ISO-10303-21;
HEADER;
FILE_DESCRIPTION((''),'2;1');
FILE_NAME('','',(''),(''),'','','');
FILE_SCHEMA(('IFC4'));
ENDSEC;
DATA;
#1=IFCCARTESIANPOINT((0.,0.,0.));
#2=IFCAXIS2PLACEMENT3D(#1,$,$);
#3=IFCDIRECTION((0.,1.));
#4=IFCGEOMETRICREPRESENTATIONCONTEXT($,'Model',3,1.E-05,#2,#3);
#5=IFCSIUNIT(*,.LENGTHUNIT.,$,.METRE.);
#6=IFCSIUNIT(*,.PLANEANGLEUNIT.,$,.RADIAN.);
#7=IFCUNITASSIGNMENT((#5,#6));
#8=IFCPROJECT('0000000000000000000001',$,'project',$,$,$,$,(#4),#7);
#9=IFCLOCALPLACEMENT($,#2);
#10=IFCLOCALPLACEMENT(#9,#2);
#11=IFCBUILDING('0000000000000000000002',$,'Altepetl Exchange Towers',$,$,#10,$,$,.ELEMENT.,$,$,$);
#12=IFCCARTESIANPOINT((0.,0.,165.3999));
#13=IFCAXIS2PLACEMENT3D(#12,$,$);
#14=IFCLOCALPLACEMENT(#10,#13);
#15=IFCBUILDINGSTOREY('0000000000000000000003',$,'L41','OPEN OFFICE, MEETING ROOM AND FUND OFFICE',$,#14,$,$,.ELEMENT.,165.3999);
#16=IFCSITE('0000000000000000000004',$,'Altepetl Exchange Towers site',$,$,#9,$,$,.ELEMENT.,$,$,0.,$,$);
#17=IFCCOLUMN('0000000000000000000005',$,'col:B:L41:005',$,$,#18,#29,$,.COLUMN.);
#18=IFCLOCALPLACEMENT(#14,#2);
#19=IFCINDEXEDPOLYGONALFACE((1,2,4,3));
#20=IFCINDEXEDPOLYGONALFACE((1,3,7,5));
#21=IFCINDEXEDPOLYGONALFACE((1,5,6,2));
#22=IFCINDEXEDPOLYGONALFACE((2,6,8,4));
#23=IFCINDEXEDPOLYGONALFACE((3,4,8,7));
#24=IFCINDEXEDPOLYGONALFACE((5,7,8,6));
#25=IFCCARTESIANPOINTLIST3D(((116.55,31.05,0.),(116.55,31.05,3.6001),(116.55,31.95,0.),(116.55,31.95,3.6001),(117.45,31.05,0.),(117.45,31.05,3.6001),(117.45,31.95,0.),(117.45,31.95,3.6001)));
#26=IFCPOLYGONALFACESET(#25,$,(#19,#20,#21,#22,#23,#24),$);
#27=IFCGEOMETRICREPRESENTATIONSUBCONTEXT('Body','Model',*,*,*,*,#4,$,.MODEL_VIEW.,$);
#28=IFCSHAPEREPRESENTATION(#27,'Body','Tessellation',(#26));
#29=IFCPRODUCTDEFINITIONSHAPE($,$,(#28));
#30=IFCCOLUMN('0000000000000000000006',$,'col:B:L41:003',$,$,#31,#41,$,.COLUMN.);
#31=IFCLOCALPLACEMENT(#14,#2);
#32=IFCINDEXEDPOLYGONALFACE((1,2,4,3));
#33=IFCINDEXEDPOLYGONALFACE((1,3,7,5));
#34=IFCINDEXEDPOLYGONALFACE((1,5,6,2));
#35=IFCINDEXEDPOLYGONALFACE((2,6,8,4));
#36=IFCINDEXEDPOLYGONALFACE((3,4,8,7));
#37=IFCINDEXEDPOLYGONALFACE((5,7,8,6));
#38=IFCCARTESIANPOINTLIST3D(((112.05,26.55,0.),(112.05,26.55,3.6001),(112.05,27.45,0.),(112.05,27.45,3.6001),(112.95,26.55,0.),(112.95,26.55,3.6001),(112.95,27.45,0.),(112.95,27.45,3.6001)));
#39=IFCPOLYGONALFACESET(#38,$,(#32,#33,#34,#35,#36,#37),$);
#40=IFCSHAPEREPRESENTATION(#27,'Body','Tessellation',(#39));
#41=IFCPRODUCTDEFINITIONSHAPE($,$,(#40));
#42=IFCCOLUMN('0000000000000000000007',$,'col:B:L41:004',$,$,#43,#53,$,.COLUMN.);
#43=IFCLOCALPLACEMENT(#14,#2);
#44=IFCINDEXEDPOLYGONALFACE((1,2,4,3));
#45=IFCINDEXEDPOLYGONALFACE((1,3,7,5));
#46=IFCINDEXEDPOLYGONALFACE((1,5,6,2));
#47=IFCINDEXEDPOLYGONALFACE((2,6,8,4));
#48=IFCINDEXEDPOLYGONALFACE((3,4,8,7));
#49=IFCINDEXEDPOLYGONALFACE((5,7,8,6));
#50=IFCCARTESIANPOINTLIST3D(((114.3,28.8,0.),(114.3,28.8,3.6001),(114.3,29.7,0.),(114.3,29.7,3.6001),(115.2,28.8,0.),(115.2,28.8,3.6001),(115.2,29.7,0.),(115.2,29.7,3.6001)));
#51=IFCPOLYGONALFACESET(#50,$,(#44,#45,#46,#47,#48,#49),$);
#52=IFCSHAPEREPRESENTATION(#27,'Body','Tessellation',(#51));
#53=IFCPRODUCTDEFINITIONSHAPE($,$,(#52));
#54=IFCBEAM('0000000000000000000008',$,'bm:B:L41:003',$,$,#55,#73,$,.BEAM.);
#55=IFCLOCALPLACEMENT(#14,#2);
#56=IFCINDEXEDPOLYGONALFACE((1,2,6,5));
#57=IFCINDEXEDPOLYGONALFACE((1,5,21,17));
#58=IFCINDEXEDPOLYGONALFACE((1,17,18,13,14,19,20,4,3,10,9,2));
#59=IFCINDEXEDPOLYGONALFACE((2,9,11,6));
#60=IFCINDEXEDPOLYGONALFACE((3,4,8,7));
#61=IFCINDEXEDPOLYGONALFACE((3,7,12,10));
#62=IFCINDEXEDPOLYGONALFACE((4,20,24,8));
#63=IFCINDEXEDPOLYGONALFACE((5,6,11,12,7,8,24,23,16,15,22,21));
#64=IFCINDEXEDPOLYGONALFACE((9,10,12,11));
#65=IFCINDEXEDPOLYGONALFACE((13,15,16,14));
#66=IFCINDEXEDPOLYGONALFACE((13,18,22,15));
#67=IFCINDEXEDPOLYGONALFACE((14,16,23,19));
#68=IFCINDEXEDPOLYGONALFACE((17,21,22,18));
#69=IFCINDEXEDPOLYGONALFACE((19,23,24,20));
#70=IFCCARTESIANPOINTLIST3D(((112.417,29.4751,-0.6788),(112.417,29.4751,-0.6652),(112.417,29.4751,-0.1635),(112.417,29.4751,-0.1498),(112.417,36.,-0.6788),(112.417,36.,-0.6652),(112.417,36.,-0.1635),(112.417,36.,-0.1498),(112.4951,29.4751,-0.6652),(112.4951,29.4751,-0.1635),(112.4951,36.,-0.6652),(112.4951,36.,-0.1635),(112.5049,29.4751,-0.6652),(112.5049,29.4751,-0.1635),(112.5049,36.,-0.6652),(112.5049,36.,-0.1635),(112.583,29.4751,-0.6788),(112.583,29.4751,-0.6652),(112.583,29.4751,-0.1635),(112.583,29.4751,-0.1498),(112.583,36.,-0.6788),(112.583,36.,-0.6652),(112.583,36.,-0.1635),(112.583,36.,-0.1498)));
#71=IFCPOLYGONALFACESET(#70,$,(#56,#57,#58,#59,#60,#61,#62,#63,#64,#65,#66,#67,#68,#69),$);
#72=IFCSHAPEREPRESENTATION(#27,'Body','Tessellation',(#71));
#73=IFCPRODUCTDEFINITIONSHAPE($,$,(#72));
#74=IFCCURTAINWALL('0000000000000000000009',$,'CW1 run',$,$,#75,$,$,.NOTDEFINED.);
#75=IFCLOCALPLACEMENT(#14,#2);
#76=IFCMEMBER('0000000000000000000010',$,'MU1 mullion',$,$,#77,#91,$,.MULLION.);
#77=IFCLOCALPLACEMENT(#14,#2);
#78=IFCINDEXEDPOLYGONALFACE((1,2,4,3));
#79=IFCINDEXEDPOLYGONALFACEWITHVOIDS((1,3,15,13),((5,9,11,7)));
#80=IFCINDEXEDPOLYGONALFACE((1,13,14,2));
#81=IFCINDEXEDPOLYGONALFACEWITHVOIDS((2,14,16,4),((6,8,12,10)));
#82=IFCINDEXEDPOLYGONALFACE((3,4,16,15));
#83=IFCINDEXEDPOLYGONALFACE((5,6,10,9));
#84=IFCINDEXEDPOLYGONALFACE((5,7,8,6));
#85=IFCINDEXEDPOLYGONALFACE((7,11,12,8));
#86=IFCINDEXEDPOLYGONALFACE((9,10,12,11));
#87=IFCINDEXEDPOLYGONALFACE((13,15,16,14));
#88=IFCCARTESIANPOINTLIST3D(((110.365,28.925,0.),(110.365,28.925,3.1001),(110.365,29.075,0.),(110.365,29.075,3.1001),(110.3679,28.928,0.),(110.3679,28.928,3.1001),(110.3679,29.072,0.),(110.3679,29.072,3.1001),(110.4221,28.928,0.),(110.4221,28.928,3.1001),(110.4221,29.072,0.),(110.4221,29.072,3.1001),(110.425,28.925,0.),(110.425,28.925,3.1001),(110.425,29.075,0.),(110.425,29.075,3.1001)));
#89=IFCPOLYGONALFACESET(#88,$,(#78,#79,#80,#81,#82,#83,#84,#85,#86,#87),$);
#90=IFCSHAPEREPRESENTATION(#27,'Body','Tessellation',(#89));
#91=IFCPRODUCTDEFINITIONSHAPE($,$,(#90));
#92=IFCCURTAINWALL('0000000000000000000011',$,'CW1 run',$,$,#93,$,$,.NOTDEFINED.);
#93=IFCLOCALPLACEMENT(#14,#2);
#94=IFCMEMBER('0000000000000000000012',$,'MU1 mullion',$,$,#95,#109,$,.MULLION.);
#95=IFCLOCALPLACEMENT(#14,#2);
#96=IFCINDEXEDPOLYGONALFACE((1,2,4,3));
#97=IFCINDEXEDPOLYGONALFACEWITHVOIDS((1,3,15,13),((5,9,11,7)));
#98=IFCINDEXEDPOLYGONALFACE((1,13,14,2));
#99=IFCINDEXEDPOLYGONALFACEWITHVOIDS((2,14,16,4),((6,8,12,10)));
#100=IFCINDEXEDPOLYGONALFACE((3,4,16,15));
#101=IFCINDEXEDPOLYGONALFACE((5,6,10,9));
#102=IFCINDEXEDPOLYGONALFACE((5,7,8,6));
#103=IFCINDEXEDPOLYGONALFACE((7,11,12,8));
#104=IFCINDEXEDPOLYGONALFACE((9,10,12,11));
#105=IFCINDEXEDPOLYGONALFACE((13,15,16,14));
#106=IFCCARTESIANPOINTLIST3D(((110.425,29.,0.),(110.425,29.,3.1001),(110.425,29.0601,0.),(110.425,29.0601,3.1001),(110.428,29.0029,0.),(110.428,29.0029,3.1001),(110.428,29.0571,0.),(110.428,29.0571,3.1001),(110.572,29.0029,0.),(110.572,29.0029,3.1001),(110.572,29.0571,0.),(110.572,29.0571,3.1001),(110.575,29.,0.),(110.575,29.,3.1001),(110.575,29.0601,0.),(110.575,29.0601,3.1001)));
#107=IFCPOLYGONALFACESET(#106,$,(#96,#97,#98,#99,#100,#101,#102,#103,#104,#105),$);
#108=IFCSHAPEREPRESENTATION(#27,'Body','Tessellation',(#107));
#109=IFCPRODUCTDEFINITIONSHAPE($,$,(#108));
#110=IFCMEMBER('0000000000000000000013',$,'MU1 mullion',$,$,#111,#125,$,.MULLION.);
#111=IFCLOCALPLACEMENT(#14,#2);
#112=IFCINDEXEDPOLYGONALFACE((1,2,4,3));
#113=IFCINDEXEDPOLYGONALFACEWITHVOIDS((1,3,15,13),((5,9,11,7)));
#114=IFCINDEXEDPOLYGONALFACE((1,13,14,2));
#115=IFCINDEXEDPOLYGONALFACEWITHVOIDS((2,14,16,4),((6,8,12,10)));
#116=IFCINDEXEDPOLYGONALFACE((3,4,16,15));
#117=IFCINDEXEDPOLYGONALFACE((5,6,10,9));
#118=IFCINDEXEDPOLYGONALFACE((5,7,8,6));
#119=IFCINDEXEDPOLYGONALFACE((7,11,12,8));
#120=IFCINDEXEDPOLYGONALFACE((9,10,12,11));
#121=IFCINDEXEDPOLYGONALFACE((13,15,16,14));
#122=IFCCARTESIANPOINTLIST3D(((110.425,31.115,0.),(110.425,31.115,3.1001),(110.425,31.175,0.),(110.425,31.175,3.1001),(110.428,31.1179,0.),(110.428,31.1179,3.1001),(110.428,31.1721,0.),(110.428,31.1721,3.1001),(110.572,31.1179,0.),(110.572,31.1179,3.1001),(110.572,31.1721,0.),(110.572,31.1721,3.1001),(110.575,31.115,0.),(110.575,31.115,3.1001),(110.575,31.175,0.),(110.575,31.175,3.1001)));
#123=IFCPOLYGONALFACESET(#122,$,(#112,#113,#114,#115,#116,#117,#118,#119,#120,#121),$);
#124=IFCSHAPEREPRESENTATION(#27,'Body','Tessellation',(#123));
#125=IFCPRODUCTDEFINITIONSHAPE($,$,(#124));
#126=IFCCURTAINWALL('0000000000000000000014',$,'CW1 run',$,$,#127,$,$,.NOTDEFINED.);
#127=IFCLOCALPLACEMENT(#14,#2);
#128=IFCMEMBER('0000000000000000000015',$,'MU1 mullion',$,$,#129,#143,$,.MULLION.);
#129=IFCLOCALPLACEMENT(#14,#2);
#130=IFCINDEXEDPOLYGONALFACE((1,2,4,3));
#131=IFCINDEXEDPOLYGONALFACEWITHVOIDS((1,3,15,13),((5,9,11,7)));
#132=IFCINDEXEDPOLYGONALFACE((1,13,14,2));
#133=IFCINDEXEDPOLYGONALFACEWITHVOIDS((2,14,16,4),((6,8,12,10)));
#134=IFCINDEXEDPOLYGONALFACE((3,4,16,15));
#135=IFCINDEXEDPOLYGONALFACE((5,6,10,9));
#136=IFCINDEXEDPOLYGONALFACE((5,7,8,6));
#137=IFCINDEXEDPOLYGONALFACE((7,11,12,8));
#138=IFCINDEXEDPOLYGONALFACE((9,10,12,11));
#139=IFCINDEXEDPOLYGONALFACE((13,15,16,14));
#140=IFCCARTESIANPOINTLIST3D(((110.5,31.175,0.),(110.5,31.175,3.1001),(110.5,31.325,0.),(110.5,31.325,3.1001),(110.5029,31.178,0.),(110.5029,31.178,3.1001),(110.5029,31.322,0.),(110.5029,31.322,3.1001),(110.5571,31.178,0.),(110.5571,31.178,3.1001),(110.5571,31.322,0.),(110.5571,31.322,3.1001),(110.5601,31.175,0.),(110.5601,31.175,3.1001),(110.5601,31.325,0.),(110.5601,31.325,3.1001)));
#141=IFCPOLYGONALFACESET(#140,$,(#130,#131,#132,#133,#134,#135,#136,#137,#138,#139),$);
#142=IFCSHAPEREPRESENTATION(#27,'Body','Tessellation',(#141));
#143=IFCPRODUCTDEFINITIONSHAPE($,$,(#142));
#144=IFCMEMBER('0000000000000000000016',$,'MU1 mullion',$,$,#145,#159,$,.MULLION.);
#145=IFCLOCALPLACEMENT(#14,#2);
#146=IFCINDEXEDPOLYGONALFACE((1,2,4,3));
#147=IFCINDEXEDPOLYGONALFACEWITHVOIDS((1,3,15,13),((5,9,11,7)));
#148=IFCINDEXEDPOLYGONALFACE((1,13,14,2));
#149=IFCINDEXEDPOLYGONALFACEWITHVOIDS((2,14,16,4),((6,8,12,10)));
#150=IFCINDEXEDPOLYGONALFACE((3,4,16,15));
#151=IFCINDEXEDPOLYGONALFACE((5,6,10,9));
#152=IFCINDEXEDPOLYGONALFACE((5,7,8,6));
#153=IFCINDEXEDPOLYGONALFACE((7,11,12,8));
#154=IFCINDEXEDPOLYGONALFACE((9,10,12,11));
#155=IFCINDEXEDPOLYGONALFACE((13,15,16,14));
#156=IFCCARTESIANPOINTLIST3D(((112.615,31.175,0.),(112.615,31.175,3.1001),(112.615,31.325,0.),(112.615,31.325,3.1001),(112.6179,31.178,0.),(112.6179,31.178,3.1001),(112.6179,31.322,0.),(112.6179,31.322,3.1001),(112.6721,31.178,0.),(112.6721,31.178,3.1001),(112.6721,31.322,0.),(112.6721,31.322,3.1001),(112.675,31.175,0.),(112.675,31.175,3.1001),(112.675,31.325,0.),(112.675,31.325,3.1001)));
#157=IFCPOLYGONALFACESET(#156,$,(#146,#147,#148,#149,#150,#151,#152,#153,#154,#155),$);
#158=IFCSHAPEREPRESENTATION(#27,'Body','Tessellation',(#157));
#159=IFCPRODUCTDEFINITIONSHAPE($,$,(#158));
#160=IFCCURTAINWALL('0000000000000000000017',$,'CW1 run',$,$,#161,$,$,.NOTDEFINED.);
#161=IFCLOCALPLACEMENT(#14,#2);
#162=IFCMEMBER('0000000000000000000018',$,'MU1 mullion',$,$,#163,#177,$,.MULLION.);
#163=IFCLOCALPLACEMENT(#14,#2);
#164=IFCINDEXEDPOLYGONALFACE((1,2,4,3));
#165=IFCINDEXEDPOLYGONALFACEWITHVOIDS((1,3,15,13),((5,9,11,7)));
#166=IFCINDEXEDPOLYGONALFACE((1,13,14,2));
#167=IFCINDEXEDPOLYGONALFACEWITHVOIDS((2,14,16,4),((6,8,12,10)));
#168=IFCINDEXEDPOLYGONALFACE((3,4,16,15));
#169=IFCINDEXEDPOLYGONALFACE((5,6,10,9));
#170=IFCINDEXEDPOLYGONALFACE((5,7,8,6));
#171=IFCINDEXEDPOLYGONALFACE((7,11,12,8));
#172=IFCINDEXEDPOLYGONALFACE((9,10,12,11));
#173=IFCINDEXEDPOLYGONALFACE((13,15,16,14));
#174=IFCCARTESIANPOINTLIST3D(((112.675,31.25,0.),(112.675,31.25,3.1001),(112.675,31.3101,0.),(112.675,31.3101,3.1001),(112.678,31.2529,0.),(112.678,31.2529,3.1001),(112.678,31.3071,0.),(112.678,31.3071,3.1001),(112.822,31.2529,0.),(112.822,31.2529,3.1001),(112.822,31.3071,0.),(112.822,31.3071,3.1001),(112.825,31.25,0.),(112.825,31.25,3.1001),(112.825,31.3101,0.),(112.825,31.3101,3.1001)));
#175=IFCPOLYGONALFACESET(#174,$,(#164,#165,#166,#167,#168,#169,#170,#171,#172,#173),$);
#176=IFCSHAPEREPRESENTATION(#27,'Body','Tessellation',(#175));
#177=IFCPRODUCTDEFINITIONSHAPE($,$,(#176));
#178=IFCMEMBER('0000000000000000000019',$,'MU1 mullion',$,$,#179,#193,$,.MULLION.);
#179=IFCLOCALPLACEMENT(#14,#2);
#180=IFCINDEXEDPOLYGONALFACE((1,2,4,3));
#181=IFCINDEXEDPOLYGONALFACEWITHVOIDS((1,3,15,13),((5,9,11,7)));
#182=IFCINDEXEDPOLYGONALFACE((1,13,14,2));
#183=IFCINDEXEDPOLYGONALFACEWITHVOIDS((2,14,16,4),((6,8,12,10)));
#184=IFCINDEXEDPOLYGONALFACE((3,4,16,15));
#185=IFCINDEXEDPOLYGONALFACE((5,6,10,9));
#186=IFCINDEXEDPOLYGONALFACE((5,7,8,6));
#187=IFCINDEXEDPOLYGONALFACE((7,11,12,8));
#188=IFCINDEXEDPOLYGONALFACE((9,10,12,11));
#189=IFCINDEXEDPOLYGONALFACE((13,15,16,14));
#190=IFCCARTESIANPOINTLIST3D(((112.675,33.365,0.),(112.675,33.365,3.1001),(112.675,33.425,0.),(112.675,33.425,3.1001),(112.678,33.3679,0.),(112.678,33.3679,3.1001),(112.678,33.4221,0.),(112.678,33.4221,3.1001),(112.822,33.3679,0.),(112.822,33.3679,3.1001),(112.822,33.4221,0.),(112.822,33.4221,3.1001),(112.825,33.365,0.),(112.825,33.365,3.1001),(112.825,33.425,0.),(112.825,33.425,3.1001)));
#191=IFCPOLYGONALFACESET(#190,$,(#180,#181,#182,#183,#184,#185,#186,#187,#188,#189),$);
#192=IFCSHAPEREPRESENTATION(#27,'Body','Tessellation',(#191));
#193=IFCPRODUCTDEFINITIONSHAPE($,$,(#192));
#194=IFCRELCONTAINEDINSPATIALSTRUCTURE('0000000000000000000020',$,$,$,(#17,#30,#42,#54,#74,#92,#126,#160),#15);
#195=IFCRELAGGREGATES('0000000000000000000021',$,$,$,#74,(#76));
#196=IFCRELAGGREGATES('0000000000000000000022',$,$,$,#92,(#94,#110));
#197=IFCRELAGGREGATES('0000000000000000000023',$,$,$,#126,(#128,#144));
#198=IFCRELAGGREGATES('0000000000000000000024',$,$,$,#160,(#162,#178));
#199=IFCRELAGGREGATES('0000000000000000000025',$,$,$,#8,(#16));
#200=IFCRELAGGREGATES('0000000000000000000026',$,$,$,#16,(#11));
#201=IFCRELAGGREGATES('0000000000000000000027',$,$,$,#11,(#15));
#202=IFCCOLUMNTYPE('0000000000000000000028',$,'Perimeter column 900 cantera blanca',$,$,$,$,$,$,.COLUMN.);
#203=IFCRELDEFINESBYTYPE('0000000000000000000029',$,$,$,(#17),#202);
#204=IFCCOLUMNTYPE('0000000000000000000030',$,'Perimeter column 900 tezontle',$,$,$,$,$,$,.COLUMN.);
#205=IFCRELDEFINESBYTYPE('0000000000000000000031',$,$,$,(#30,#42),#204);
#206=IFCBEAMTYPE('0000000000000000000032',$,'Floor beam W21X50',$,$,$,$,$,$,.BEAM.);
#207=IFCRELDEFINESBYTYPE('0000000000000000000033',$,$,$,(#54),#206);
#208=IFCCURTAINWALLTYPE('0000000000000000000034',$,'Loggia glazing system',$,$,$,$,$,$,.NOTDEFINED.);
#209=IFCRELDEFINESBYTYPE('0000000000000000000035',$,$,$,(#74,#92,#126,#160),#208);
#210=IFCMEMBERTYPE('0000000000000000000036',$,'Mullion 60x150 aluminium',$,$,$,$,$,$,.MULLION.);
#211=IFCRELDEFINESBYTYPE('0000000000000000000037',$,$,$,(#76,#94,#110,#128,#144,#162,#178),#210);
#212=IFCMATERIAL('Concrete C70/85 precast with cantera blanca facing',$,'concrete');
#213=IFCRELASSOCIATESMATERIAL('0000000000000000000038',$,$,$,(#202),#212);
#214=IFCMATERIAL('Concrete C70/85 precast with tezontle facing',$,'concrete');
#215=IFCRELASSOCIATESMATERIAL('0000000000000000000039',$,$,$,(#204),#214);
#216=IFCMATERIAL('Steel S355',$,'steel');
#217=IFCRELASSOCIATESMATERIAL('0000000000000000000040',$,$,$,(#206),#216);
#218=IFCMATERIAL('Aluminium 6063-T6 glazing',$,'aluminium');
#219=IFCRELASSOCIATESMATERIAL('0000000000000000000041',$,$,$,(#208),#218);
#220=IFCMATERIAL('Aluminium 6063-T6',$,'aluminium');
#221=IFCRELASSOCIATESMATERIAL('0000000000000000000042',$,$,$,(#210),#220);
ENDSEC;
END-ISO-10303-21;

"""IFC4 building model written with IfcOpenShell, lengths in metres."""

from ifc_helpers import new_model, si_unit, direction, frame, origin, origin_2d, place, context, subcontext, project, spatial, rectangle, hollow_rectangle, i_section, extrude, material, material_profile, profile_set, type_object, element, aggregate, save


model = new_model("IFC4")

# Units and contexts
model_context = context("Model", 3, precision=1e-05, world=origin(), true_north=direction((0.0, 1.0)))
body_context = subcontext(model_context, "Body", "Model", "MODEL_VIEW")
ifc_project = project(units=[si_unit("LENGTHUNIT", "METRE"), si_unit("PLANEANGLEUNIT", "RADIAN")], contexts=[model_context])

# Site, building, storey
site_placement = place(None, origin())
site = spatial("IfcSite", under=ifc_project, at=site_placement, Name="Altepetl Exchange Towers site", CompositionType="ELEMENT", RefElevation=0.0)
building_placement = place(site_placement, origin())
building = spatial("IfcBuilding", under=site, at=building_placement, Name="Altepetl Exchange Towers", CompositionType="ELEMENT")
storey_placement = place(building_placement, frame((0.0, 0.0, 165.3999)))
storey = spatial("IfcBuildingStorey", under=building, at=storey_placement, Name="L41", Description="OPEN OFFICE, MEETING ROOM AND FUND OFFICE", CompositionType="ELEMENT", Elevation=165.3999)

# Columns
ifc_material_1 = material(Name="Concrete C70/85 precast with cantera blanca facing", Category="concrete")
ifc_material_profile_1 = material_profile(ifc_material_1, rectangle(XDim=0.8999, YDim=0.8999, at=origin_2d()), Name="900 x 900")
ifc_profile_set_1 = profile_set([ifc_material_profile_1], Name="Concrete C70/85 precast with cantera blanca facing")
column_type_1 = type_object("IfcColumnType", Name="Perimeter column 900 cantera blanca", PredefinedType="COLUMN", material=ifc_profile_set_1)
column_placement = place(storey_placement, frame((117.0, 31.5, 0.0)))
element("IfcColumn", 1, at=column_placement, inside=storey, type_object=column_type_1, Name="col:B:L41:005", PredefinedType="COLUMN", context=body_context, shape_type="SweptSolid", body=[
    extrude(rectangle(XDim=0.8999, YDim=0.8999, at=origin_2d()), origin(), (0.0, 0.0, 1.0), 3.6001),
])
ifc_material_2 = material(Name="Concrete C70/85 precast with tezontle facing", Category="concrete")
ifc_material_profile_2 = material_profile(ifc_material_2, rectangle(XDim=0.8999, YDim=0.8999, at=origin_2d()), Name="900 x 900")
ifc_profile_set_2 = profile_set([ifc_material_profile_2], Name="Concrete C70/85 precast with tezontle facing")
column_type_2 = type_object("IfcColumnType", Name="Perimeter column 900 tezontle", PredefinedType="COLUMN", material=ifc_profile_set_2)
for number, where, name in (
    (2, (112.5, 27.0, 0.0), "col:B:L41:003"),
    (3, (114.75, 29.25, 0.0), "col:B:L41:004"),
):
    element("IfcColumn", number, at=place(storey_placement, frame(where)), inside=storey, type_object=column_type_2, Name=name, PredefinedType="COLUMN", context=body_context, shape_type="SweptSolid", body=[
        extrude(rectangle(XDim=0.8999, YDim=0.8999, at=origin_2d()), origin(), (0.0, 0.0, 1.0), 3.6001),
    ])

# Beam
ifc_material_3 = material(Name="Steel S355", Category="steel")
ifc_material_profile_3 = material_profile(ifc_material_3, i_section(OverallWidth=0.166, OverallDepth=0.5291, WebThickness=0.0098, FlangeThickness=0.0137, at=origin_2d()), Name="W21X50")
ifc_profile_set_3 = profile_set([ifc_material_profile_3], Name="Steel S355")
beam_type_1 = type_object("IfcBeamType", Name="Floor beam W21X50", PredefinedType="BEAM", material=ifc_profile_set_3)
beam_1_placement = place(storey_placement, frame((112.5, 29.4751, -0.4143), z_axis=(0.0, 1.0, 0.0), x_axis=(-1.0, 0.0, 0.0)))
element("IfcBeam", 4, at=beam_1_placement, inside=storey, type_object=beam_type_1, Name="bm:B:L41:003", PredefinedType="BEAM", context=body_context, shape_type="SweptSolid", body=[
    extrude(i_section(OverallWidth=0.166, OverallDepth=0.5291, WebThickness=0.0098, FlangeThickness=0.0137, at=origin_2d()), origin(), (0.0, 0.0, 1.0), 6.5249),
])

# Curtain wall, member
ifc_material_4 = material(Name="Aluminium 6063-T6 glazing", Category="aluminium")
curtain_wall_type = type_object("IfcCurtainWallType", Name="Loggia glazing system", PredefinedType="NOTDEFINED", material=ifc_material_4)
curtain_wall_1_placement = place(storey_placement, origin())
curtain_wall_1 = element("IfcCurtainWall", 5, at=curtain_wall_1_placement, inside=storey, type_object=curtain_wall_type, Name="CW1 run", PredefinedType="NOTDEFINED")
ifc_material_5 = material(Name="Aluminium 6063-T6", Category="aluminium")
ifc_material_profile_4 = material_profile(ifc_material_5, hollow_rectangle(XDim=0.0601, YDim=0.1499, WallThickness=0.0029, at=origin_2d()), Name="Mullion 60x150 aluminium")
ifc_profile_set_4 = profile_set([ifc_material_profile_4], Name="Aluminium 6063-T6")
member_type = type_object("IfcMemberType", Name="Mullion 60x150 aluminium", PredefinedType="MULLION", material=ifc_profile_set_4)
member_1_placement = place(storey_placement, frame((110.395, 29.0, 0.0)))
member_1 = element("IfcMember", 6, at=member_1_placement, type_object=member_type, Name="MU1 mullion", PredefinedType="MULLION", context=body_context, shape_type="SweptSolid", body=[
    extrude(hollow_rectangle(XDim=0.0601, YDim=0.1499, WallThickness=0.0029, at=origin_2d()), origin(), (0.0, 0.0, 1.0), 3.1001),
])
aggregate(curtain_wall_1, [member_1])

# Curtain walls, members
curtain_wall_2_placement = place(storey_placement, origin())
curtain_wall_2 = element("IfcCurtainWall", 7, at=curtain_wall_2_placement, inside=storey, type_object=curtain_wall_type, Name="CW1 run", PredefinedType="NOTDEFINED")
member_2_placement = place(storey_placement, frame((110.5, 29.03, 0.0), z_axis=(0.0, 0.0, 1.0), x_axis=(0.0, 1.0, 0.0)))
member_2 = element("IfcMember", 8, at=member_2_placement, type_object=member_type, Name="MU1 mullion", PredefinedType="MULLION", context=body_context, shape_type="SweptSolid", body=[
    extrude(hollow_rectangle(XDim=0.0601, YDim=0.1499, WallThickness=0.0029, at=origin_2d()), origin(), (0.0, 0.0, 1.0), 3.1001),
])
member_3_placement = place(storey_placement, frame((110.5, 31.145, 0.0), z_axis=(0.0, 0.0, 1.0), x_axis=(0.0, 1.0, 0.0)))
member_3 = element("IfcMember", 9, at=member_3_placement, type_object=member_type, Name="MU1 mullion", PredefinedType="MULLION", context=body_context, shape_type="SweptSolid", body=[
    extrude(hollow_rectangle(XDim=0.0601, YDim=0.1499, WallThickness=0.0029, at=origin_2d()), origin(), (0.0, 0.0, 1.0), 3.1001),
])
curtain_wall_3_placement = place(storey_placement, origin())
curtain_wall_3 = element("IfcCurtainWall", 10, at=curtain_wall_3_placement, inside=storey, type_object=curtain_wall_type, Name="CW1 run", PredefinedType="NOTDEFINED")
member_4_placement = place(storey_placement, frame((110.53, 31.25, 0.0)))
member_4 = element("IfcMember", 11, at=member_4_placement, type_object=member_type, Name="MU1 mullion", PredefinedType="MULLION", context=body_context, shape_type="SweptSolid", body=[
    extrude(hollow_rectangle(XDim=0.0601, YDim=0.1499, WallThickness=0.0029, at=origin_2d()), origin(), (0.0, 0.0, 1.0), 3.1001),
])
member_5_placement = place(storey_placement, frame((112.645, 31.25, 0.0)))
member_5 = element("IfcMember", 12, at=member_5_placement, type_object=member_type, Name="MU1 mullion", PredefinedType="MULLION", context=body_context, shape_type="SweptSolid", body=[
    extrude(hollow_rectangle(XDim=0.0601, YDim=0.1499, WallThickness=0.0029, at=origin_2d()), origin(), (0.0, 0.0, 1.0), 3.1001),
])
curtain_wall_4_placement = place(storey_placement, origin())
curtain_wall_4 = element("IfcCurtainWall", 13, at=curtain_wall_4_placement, inside=storey, type_object=curtain_wall_type, Name="CW1 run", PredefinedType="NOTDEFINED")
member_6_placement = place(storey_placement, frame((112.75, 31.28, 0.0), z_axis=(0.0, 0.0, 1.0), x_axis=(0.0, 1.0, 0.0)))
member_6 = element("IfcMember", 14, at=member_6_placement, type_object=member_type, Name="MU1 mullion", PredefinedType="MULLION", context=body_context, shape_type="SweptSolid", body=[
    extrude(hollow_rectangle(XDim=0.0601, YDim=0.1499, WallThickness=0.0029, at=origin_2d()), origin(), (0.0, 0.0, 1.0), 3.1001),
])
member_7_placement = place(storey_placement, frame((112.75, 33.395, 0.0), z_axis=(0.0, 0.0, 1.0), x_axis=(0.0, 1.0, 0.0)))
member_7 = element("IfcMember", 15, at=member_7_placement, type_object=member_type, Name="MU1 mullion", PredefinedType="MULLION", context=body_context, shape_type="SweptSolid", body=[
    extrude(hollow_rectangle(XDim=0.0601, YDim=0.1499, WallThickness=0.0029, at=origin_2d()), origin(), (0.0, 0.0, 1.0), 3.1001),
])

aggregate(curtain_wall_2, [member_2, member_3])
aggregate(curtain_wall_3, [member_4, member_5])
aggregate(curtain_wall_4, [member_6, member_7])

save(model, "model.ifc")
